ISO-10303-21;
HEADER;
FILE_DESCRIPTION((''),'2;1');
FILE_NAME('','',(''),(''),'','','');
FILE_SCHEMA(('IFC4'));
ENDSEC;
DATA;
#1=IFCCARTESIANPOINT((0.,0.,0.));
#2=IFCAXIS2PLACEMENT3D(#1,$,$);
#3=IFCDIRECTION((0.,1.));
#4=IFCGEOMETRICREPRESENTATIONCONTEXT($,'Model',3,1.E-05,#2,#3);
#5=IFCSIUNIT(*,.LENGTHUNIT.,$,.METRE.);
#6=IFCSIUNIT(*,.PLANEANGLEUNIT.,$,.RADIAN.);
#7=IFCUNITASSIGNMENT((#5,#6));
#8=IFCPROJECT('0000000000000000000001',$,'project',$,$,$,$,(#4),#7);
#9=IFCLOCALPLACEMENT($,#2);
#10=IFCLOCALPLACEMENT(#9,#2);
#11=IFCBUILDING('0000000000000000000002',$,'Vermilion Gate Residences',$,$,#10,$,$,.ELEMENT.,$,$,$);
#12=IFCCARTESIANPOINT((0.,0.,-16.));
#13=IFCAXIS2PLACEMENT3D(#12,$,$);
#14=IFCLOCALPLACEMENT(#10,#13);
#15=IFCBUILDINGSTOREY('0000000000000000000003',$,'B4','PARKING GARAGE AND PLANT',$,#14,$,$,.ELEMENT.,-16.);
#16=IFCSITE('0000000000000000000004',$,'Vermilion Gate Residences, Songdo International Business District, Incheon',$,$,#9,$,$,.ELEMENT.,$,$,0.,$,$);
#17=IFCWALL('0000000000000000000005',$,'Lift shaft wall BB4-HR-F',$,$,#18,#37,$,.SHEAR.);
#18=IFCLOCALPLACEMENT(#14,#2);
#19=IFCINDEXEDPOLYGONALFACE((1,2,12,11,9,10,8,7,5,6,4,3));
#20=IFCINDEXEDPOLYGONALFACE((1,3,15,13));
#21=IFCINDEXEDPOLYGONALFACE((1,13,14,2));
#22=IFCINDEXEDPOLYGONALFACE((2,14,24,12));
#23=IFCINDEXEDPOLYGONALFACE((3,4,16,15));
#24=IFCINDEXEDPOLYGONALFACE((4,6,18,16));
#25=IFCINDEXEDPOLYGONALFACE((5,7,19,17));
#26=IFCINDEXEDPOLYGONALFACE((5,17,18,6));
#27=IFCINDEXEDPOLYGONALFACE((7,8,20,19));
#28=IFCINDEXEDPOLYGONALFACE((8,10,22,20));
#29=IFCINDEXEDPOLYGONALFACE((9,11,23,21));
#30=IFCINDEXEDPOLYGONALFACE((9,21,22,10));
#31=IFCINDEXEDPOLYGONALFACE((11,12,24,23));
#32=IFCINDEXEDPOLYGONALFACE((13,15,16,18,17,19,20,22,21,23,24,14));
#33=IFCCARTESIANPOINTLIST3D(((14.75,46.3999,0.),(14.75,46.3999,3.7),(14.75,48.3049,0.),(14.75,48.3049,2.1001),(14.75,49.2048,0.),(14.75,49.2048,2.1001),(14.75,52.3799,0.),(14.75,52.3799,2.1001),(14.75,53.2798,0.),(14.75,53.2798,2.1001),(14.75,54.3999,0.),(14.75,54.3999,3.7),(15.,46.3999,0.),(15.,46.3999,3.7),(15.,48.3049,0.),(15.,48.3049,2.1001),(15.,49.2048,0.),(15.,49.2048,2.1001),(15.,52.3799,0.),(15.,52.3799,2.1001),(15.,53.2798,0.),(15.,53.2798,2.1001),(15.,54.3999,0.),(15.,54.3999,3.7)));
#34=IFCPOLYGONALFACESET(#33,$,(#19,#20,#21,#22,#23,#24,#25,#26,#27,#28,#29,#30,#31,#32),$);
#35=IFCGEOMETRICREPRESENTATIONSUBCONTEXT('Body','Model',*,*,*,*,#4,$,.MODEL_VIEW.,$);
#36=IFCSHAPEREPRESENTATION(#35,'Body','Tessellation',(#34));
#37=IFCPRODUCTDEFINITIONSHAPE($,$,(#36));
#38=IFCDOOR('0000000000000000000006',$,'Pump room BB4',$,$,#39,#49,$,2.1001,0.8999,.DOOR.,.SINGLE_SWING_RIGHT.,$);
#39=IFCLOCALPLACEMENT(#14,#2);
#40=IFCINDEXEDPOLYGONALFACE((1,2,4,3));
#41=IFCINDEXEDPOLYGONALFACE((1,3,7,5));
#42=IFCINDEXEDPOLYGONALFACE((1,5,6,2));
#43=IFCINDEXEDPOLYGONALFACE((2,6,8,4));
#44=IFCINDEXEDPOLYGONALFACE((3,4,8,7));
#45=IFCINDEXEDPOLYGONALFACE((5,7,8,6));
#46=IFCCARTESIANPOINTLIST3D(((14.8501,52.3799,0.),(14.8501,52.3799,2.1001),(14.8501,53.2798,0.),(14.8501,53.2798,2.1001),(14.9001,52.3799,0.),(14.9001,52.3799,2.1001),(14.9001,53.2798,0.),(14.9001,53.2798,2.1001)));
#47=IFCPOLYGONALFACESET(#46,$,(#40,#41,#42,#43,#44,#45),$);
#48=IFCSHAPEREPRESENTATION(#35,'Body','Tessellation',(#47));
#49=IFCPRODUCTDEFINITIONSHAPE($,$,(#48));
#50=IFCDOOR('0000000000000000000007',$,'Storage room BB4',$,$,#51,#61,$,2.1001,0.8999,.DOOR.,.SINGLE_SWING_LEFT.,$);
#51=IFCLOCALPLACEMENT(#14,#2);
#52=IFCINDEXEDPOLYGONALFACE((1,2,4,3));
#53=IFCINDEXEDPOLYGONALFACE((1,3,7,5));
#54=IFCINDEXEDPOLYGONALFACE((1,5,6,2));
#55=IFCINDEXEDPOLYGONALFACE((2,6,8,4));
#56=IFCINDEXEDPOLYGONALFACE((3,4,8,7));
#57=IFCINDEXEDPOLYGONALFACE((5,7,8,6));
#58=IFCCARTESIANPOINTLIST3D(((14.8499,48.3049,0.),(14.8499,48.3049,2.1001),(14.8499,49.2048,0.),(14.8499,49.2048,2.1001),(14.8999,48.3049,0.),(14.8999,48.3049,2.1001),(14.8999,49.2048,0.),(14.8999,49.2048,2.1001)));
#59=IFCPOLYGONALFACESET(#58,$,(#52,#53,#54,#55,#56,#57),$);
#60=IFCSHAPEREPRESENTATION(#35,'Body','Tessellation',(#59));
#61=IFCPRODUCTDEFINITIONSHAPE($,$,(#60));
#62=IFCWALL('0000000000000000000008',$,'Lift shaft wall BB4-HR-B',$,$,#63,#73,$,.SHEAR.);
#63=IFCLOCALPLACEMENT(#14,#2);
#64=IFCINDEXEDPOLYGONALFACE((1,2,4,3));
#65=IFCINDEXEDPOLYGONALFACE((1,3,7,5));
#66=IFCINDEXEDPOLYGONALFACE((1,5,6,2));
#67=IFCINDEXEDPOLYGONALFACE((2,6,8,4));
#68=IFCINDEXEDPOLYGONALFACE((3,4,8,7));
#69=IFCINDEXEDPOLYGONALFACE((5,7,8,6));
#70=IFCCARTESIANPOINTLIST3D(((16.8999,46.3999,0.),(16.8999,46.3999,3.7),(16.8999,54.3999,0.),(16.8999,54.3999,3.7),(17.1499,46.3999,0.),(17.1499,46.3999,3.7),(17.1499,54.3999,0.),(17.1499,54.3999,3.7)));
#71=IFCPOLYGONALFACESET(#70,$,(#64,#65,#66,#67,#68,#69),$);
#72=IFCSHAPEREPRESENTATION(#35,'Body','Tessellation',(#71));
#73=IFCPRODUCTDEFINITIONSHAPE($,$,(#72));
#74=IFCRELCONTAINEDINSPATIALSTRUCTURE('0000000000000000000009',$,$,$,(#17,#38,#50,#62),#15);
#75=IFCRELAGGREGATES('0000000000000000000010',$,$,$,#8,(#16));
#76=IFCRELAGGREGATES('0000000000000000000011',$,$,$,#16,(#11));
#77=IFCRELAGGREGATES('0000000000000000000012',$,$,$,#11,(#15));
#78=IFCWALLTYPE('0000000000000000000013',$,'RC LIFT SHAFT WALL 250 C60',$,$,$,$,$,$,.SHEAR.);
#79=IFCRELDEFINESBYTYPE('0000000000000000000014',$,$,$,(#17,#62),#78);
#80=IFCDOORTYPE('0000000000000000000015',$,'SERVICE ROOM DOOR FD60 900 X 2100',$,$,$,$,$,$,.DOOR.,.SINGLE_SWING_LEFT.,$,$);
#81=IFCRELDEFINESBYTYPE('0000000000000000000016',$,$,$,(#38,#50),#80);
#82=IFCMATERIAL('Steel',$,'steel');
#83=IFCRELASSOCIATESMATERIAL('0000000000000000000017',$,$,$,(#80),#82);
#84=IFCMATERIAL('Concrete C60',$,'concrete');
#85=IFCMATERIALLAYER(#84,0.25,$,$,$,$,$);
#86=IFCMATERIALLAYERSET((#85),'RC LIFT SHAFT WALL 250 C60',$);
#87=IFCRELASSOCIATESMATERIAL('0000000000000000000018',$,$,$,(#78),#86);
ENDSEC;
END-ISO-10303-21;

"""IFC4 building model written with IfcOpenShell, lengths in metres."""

from ifc_helpers import new_model, si_unit, direction, frame, frame_2d, origin, place, context, subcontext, project, spatial, rectangle, extrude, material, layer, layer_set, type_object, element, fill, save


model = new_model("IFC4")

# Units and contexts
model_context = context("Model", 3, precision=1e-05, world=origin(), true_north=direction((0.0, 1.0)))
body_context = subcontext(model_context, "Body", "Model", "MODEL_VIEW")
ifc_project = project(units=[si_unit("LENGTHUNIT", "METRE"), si_unit("PLANEANGLEUNIT", "RADIAN")], contexts=[model_context])

# Site, building, storey
site_placement = place(None, origin())
site = spatial("IfcSite", under=ifc_project, at=site_placement, Name="Vermilion Gate Residences, Songdo International Business District, Incheon", CompositionType="ELEMENT", RefElevation=0.0)
building_placement = place(site_placement, origin())
building = spatial("IfcBuilding", under=site, at=building_placement, Name="Vermilion Gate Residences", CompositionType="ELEMENT")
storey_placement = place(building_placement, frame((0.0, 0.0, -16.0)))
storey = spatial("IfcBuildingStorey", under=building, at=storey_placement, Name="B4", Description="PARKING GARAGE AND PLANT", CompositionType="ELEMENT", Elevation=-16.0)

# Shared definitions
ifc_material_1 = material(Name="Steel", Category="steel")
door_type_1 = type_object("IfcDoorType", Name="SERVICE ROOM DOOR FD60 900 X 2100", OperationType="SINGLE_SWING_LEFT", PredefinedType="DOOR", material=ifc_material_1)

# Wall, openings, doors
ifc_material_2 = material(Name="Concrete C60", Category="concrete")
ifc_layer_1 = layer(ifc_material_2, 0.25)
ifc_layer_set_1 = layer_set([ifc_layer_1], Name="RC LIFT SHAFT WALL 250 C60")
wall_type_1 = type_object("IfcWallType", Name="RC LIFT SHAFT WALL 250 C60", PredefinedType="SHEAR", material=ifc_layer_set_1)
wall_1_placement = place(storey_placement, frame((14.875, 54.3999, 0.0), z_axis=(0.0, 0.0, 1.0), x_axis=(0.0, -1.0, 0.0)))
wall_1 = element("IfcWall", 1, at=wall_1_placement, inside=storey, type_object=wall_type_1, Name="Lift shaft wall BB4-HR-F", PredefinedType="SHEAR", context=body_context, shape_type="SweptSolid", body=[
    extrude(rectangle(XDim=8.0, YDim=0.25, at=frame_2d((4.0, 0.0))), origin(), (0.0, 0.0, 1.0), 3.7),
])
opening_1_placement = place(wall_1_placement, frame((1.1201, 0.0, 0.0)))
opening_1 = element("IfcOpeningElement", 2, at=opening_1_placement, cuts=wall_1, PredefinedType="OPENING", context=body_context, shape_type="SweptSolid", body=[
    extrude(rectangle(XDim=0.8999, YDim=2.1001, at=frame_2d((0.45, 1.05))), frame((0.0, 0.135, 0.0), z_axis=(0.0, -1.0, 0.0), x_axis=(1.0, 0.0, 0.0)), (0.0, 0.0, 1.0), 0.27),
])
opening_2_placement = place(wall_1_placement, frame((5.1951, 0.0, 0.0)))
opening_2 = element("IfcOpeningElement", 3, at=opening_2_placement, cuts=wall_1, PredefinedType="OPENING", context=body_context, shape_type="SweptSolid", body=[
    extrude(rectangle(XDim=0.8999, YDim=2.1001, at=frame_2d((0.45, 1.05))), frame((0.0, 0.135, 0.0), z_axis=(0.0, -1.0, 0.0), x_axis=(1.0, 0.0, 0.0)), (0.0, 0.0, 1.0), 0.27),
])
door_1_placement = place(opening_1_placement, frame((0.8999, 0.0, 0.0), z_axis=(0.0, 0.0, 1.0), x_axis=(-1.0, 0.0, 0.0)))
door_1 = element("IfcDoor", 4, at=door_1_placement, inside=storey, type_object=door_type_1, Name="Pump room BB4", OperationType="SINGLE_SWING_RIGHT", OverallHeight=2.1001, OverallWidth=0.8999, PredefinedType="DOOR", context=body_context, shape_type="SweptSolid", body=[
    extrude(rectangle(XDim=0.8999, YDim=2.1001, at=frame_2d((0.45, 1.05))), frame((0.0, 0.0249, 0.0), z_axis=(0.0, -1.0, 0.0), x_axis=(1.0, 0.0, 0.0)), (0.0, 0.0, 1.0), 0.05),
])
fill(opening_1, door_1)
door_2_placement = place(opening_2_placement, origin())
door_2 = element("IfcDoor", 5, at=door_2_placement, inside=storey, type_object=door_type_1, Name="Storage room BB4", OperationType="SINGLE_SWING_LEFT", OverallHeight=2.1001, OverallWidth=0.8999, PredefinedType="DOOR", context=body_context, shape_type="SweptSolid", body=[
    extrude(rectangle(XDim=0.8999, YDim=2.1001, at=frame_2d((0.45, 1.05))), frame((0.0, 0.0249, 0.0), z_axis=(0.0, -1.0, 0.0), x_axis=(1.0, 0.0, 0.0)), (0.0, 0.0, 1.0), 0.05),
])
fill(opening_2, door_2)

# Wall
wall_2_placement = place(storey_placement, frame((17.0249, 54.3999, 0.0), z_axis=(0.0, 0.0, 1.0), x_axis=(0.0, -1.0, 0.0)))
element("IfcWall", 6, at=wall_2_placement, inside=storey, type_object=wall_type_1, Name="Lift shaft wall BB4-HR-B", PredefinedType="SHEAR", context=body_context, shape_type="SweptSolid", body=[
    extrude(rectangle(XDim=8.0, YDim=0.25, at=frame_2d((4.0, 0.0))), origin(), (0.0, 0.0, 1.0), 3.7),
])

save(model, "model.ifc")
